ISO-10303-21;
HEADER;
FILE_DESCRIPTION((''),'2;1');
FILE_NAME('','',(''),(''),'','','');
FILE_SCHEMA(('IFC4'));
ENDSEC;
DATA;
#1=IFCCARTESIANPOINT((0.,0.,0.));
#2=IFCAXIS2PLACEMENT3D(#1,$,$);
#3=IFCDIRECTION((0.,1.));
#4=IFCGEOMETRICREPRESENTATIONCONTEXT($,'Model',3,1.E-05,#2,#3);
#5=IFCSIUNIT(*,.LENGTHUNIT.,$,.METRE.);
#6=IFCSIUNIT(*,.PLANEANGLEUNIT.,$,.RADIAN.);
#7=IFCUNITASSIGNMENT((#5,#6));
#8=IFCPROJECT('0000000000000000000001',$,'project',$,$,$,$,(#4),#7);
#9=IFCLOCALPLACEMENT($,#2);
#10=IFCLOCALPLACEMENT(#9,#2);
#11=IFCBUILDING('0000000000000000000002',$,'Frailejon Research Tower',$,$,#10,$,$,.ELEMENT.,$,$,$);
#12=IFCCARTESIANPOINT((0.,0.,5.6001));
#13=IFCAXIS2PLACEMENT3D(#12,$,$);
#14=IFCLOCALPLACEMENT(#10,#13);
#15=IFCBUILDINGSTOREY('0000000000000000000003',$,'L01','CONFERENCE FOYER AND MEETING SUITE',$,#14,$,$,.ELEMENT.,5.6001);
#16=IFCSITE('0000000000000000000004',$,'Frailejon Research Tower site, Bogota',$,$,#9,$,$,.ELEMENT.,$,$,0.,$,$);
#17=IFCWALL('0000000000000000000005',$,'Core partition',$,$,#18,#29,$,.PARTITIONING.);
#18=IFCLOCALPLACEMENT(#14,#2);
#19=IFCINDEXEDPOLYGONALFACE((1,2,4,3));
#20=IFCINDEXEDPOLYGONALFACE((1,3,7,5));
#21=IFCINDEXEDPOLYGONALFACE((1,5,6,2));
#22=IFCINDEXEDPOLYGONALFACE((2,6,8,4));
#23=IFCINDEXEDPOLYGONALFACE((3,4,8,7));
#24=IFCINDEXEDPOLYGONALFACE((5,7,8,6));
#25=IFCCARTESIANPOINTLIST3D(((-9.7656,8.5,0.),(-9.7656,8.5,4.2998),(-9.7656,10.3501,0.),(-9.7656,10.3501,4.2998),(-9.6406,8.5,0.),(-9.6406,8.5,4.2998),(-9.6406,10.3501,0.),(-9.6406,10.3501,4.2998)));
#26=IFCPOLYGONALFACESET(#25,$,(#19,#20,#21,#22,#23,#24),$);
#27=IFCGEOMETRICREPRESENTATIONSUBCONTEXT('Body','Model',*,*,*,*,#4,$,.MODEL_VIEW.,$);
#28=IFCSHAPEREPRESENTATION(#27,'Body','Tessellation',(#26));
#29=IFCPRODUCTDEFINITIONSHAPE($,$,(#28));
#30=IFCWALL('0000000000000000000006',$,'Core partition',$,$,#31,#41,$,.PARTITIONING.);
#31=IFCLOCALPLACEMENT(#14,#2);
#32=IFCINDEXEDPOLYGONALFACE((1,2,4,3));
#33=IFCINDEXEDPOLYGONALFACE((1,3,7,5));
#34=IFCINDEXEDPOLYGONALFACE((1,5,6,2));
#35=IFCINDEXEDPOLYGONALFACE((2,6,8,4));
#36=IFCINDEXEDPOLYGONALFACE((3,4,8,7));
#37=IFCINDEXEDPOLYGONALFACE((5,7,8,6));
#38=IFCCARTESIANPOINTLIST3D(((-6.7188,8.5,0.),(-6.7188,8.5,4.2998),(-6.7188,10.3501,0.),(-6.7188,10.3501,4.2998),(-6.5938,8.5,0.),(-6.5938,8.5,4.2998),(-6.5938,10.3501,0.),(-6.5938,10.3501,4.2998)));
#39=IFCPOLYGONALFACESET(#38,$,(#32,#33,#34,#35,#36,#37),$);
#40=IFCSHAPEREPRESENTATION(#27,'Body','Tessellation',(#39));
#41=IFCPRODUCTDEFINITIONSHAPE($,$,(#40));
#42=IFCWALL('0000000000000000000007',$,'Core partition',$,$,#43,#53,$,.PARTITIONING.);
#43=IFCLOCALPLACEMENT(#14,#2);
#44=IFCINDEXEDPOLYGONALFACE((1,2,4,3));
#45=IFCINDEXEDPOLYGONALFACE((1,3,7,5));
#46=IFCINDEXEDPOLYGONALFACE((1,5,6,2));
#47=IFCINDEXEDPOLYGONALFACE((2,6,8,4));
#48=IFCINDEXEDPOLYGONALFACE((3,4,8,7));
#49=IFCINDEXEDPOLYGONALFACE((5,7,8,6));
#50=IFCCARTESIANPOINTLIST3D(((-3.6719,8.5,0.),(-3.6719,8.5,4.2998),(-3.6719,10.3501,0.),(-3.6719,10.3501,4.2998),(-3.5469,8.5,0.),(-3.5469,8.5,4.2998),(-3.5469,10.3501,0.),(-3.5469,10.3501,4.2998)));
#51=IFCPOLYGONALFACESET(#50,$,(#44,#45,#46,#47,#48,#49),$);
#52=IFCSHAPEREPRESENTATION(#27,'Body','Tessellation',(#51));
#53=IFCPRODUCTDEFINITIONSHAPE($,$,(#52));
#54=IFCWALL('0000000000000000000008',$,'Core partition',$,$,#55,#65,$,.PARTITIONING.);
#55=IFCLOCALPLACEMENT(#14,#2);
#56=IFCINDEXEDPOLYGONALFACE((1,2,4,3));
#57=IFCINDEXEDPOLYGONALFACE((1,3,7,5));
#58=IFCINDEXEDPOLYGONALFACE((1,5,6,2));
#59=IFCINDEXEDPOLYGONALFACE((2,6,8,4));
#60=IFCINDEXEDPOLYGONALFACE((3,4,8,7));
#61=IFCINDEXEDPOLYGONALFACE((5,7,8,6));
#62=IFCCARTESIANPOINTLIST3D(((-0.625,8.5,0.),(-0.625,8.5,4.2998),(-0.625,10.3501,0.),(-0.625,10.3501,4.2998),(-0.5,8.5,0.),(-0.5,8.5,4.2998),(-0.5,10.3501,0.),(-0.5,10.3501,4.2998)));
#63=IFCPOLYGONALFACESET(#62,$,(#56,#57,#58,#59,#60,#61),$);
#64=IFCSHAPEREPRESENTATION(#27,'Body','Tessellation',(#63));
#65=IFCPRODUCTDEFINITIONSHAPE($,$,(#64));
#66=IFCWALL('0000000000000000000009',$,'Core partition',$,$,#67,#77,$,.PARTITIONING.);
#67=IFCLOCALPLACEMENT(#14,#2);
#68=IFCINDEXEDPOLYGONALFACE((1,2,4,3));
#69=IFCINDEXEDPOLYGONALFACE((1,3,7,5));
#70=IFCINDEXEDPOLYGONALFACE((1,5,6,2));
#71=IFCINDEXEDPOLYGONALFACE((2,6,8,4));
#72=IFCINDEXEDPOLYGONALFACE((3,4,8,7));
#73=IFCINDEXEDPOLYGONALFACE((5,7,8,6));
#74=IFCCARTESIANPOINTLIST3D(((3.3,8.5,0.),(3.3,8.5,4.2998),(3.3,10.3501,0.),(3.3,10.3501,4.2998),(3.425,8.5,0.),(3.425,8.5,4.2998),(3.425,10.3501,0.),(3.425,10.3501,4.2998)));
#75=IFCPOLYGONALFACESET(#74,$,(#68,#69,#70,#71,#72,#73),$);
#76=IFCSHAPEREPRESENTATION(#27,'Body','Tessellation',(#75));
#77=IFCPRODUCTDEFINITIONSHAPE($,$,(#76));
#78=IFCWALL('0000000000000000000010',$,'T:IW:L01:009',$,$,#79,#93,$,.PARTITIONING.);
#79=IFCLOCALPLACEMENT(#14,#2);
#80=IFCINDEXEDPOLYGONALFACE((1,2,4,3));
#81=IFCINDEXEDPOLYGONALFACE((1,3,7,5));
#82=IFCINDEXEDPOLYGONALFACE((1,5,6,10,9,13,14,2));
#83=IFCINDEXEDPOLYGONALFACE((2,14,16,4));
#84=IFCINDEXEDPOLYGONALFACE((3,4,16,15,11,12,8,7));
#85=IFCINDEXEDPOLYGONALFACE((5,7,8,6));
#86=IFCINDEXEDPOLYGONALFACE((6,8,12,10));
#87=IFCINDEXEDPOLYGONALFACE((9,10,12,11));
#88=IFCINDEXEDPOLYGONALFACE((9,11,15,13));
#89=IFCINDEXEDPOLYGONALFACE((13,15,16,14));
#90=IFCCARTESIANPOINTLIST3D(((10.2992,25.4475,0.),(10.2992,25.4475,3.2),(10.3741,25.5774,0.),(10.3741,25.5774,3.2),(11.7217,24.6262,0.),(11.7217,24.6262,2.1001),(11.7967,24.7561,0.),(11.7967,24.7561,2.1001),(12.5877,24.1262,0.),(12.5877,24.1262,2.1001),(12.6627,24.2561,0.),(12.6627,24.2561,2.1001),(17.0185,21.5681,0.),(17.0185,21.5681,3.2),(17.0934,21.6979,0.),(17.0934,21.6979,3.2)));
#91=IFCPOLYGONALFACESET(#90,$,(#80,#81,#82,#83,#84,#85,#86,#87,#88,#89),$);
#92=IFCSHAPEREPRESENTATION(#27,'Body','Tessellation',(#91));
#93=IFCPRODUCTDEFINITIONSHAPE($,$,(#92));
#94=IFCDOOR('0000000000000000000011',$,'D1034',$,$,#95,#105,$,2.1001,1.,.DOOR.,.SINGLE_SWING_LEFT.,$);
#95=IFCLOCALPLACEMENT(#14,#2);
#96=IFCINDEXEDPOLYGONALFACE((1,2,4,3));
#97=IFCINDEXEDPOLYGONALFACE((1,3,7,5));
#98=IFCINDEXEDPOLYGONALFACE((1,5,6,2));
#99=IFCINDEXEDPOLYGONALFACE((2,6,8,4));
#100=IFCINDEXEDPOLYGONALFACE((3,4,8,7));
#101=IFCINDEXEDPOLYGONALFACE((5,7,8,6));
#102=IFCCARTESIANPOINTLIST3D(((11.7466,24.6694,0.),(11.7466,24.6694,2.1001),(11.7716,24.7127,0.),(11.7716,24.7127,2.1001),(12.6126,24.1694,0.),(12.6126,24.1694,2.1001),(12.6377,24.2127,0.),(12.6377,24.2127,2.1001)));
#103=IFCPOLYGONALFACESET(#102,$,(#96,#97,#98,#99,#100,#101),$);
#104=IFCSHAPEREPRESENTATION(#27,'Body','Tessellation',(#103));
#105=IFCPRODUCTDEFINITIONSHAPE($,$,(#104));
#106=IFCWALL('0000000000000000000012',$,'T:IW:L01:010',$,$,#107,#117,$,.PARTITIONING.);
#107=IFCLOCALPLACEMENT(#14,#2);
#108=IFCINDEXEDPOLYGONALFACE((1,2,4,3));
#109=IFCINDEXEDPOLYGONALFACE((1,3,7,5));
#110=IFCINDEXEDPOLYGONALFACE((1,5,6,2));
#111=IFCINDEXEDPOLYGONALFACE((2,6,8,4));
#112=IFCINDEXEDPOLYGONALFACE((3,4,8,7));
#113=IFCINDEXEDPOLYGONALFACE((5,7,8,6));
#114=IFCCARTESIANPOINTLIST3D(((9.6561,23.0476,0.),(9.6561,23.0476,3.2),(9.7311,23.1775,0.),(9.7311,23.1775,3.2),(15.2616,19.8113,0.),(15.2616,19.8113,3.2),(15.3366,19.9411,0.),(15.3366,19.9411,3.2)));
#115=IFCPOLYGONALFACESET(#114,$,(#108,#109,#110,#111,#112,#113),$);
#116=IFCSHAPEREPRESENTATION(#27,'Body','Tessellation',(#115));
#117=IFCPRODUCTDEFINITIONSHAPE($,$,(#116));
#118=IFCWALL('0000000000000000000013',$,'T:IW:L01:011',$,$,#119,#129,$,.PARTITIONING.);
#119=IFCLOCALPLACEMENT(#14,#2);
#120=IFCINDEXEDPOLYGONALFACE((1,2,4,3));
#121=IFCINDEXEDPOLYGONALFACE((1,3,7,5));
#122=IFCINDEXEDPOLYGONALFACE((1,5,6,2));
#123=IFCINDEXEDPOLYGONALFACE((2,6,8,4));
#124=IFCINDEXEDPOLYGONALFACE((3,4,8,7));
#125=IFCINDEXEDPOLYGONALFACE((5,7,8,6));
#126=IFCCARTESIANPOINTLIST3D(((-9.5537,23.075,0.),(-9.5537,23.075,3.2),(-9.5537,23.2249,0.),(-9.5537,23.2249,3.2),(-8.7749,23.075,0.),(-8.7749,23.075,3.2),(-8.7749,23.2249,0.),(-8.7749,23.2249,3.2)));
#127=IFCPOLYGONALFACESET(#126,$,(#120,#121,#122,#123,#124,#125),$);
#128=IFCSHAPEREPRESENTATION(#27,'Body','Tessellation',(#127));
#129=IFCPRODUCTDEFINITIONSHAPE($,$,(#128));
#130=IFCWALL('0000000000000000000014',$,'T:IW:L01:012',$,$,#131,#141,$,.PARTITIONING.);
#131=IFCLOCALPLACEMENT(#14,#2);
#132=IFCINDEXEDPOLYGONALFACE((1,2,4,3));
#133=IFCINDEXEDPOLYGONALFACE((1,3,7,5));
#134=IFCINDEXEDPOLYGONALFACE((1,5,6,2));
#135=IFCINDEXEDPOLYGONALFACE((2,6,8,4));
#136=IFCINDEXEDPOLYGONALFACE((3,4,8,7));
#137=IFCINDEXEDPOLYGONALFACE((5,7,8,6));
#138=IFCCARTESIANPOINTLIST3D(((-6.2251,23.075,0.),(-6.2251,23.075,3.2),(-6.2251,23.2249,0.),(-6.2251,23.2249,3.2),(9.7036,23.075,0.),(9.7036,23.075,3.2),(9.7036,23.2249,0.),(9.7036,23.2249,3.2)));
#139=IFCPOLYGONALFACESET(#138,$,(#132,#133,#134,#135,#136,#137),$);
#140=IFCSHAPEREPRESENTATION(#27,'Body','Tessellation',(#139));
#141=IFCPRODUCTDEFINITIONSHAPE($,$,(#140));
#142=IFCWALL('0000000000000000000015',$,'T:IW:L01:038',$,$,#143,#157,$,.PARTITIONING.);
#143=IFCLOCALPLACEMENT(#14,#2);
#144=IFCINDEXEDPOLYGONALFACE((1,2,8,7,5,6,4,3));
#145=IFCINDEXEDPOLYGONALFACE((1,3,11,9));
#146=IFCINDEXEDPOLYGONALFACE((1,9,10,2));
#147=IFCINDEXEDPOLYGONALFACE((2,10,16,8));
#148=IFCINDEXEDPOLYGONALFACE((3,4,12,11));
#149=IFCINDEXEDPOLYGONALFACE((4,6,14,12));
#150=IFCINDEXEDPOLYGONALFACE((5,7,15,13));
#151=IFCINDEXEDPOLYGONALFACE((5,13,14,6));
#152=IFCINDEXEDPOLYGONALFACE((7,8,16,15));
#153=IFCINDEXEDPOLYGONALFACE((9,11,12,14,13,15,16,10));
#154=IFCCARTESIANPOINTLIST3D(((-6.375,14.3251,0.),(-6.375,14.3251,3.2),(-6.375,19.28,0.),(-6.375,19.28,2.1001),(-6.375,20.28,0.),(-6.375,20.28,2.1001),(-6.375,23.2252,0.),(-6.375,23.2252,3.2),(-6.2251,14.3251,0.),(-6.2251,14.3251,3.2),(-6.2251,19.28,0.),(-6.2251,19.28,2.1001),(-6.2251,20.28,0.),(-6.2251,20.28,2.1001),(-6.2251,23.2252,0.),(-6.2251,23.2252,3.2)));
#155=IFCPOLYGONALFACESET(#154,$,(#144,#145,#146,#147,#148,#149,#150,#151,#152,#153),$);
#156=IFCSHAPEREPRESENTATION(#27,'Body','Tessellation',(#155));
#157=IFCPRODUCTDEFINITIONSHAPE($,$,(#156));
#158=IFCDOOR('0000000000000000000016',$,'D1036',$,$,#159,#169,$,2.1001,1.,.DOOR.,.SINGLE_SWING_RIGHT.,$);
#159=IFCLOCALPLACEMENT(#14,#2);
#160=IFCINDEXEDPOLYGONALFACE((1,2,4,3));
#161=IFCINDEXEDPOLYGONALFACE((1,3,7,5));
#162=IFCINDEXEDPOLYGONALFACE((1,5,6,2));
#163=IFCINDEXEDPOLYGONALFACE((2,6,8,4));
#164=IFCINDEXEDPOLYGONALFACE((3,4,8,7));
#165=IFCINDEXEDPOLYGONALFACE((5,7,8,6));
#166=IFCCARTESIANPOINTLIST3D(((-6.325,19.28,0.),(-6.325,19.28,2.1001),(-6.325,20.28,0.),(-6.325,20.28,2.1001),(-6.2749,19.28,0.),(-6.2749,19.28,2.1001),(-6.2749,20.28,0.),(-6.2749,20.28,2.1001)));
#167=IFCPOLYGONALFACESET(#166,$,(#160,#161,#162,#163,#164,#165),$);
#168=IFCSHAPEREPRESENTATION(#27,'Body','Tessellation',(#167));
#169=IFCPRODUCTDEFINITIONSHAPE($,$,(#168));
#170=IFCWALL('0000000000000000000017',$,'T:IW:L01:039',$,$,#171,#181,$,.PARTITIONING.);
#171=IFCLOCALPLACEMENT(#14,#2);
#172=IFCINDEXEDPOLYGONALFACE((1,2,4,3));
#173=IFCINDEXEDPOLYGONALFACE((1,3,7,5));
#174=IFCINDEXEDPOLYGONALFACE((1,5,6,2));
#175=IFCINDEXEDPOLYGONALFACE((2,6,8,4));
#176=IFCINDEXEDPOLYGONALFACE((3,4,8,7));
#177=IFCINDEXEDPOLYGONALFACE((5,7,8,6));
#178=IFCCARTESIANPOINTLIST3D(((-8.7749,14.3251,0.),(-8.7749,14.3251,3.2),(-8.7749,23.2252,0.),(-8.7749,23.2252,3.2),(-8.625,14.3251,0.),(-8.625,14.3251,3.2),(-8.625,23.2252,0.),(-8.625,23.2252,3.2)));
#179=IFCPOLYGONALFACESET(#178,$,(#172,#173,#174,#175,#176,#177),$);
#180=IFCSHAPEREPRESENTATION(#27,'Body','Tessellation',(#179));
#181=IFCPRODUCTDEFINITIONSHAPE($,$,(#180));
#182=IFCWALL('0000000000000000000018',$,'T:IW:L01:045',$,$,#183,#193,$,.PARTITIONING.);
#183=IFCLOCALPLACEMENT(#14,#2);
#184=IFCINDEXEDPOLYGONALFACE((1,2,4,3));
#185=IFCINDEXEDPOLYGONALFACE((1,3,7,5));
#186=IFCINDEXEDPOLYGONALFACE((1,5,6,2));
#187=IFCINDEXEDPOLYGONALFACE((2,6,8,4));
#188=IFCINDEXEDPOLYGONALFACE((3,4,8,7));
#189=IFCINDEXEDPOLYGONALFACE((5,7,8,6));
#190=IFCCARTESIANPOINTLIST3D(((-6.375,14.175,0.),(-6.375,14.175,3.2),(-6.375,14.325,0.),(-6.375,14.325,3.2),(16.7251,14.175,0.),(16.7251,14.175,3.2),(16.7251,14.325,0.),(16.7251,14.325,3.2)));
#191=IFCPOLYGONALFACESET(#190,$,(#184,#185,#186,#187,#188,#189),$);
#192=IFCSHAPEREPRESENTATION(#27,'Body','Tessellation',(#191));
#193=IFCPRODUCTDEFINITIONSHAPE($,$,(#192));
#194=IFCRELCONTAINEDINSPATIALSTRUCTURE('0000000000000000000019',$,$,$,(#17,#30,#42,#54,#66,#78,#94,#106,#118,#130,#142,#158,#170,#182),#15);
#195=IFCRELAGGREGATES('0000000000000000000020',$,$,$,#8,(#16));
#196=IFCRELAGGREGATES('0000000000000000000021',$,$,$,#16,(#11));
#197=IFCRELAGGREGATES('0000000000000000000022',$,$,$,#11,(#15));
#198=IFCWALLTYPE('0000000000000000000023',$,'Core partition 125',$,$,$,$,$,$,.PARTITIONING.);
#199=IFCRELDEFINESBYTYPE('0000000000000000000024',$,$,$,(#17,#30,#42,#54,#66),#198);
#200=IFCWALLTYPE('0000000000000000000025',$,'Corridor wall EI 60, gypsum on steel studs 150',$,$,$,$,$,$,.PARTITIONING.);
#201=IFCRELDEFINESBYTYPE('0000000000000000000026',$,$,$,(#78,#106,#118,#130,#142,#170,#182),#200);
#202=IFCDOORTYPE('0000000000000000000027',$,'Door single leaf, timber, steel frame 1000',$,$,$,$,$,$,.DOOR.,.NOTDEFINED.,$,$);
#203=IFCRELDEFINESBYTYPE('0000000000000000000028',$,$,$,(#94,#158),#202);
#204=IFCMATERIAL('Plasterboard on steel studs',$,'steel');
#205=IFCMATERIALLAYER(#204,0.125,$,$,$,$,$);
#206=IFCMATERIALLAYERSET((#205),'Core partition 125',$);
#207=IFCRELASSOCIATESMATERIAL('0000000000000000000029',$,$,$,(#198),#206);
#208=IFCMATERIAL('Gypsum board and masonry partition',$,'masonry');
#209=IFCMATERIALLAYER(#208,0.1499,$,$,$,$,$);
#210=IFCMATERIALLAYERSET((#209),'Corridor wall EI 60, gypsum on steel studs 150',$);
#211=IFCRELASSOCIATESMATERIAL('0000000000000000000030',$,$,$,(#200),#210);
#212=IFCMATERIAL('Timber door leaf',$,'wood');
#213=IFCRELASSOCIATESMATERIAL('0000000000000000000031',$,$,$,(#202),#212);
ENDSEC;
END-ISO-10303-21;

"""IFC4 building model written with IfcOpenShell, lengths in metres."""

from ifc_helpers import new_model, si_unit, direction, frame, frame_2d, origin, place, context, subcontext, project, spatial, rectangle, extrude, material, layer, layer_set, type_object, element, fill, save


model = new_model("IFC4")

# Units and contexts
model_context = context("Model", 3, precision=1e-05, world=origin(), true_north=direction((0.0, 1.0)))
body_context = subcontext(model_context, "Body", "Model", "MODEL_VIEW")
ifc_project = project(units=[si_unit("LENGTHUNIT", "METRE"), si_unit("PLANEANGLEUNIT", "RADIAN")], contexts=[model_context])

# Site, building, storey
site_placement = place(None, origin())
site = spatial("IfcSite", under=ifc_project, at=site_placement, Name="Frailejon Research Tower site, Bogota", CompositionType="ELEMENT", RefElevation=0.0)
building_placement = place(site_placement, origin())
building = spatial("IfcBuilding", under=site, at=building_placement, Name="Frailejon Research Tower", CompositionType="ELEMENT")
storey_placement = place(building_placement, frame((0.0, 0.0, 5.6001)))
storey = spatial("IfcBuildingStorey", under=building, at=storey_placement, Name="L01", Description="CONFERENCE FOYER AND MEETING SUITE", CompositionType="ELEMENT", Elevation=5.6001)

# Walls
ifc_material_1 = material(Name="Plasterboard on steel studs", Category="steel")
ifc_layer_1 = layer(ifc_material_1, 0.125)
ifc_layer_set_1 = layer_set([ifc_layer_1], Name="Core partition 125")
wall_type_1 = type_object("IfcWallType", Name="Core partition 125", PredefinedType="PARTITIONING", material=ifc_layer_set_1)
for number, where, z_axis, x_axis, name in (
    (1, (-9.7031, 8.5, 0.0), (0.0, 0.0, 1.0), (0.0, 1.0, 0.0), "Core partition"),
    (2, (-6.6562, 8.5, 0.0), (0.0, 0.0, 1.0), (0.0, 1.0, 0.0), "Core partition"),
    (3, (-3.6094, 8.5, 0.0), (0.0, 0.0, 1.0), (0.0, 1.0, 0.0), "Core partition"),
    (4, (-0.5625, 8.5, 0.0), (0.0, 0.0, 1.0), (0.0, 1.0, 0.0), "Core partition"),
    (5, (3.3625, 8.5, 0.0), (0.0, 0.0, 1.0), (0.0, 1.0, 0.0), "Core partition"),
):
    element("IfcWall", number, at=place(storey_placement, frame(where, z_axis=z_axis, x_axis=x_axis)), inside=storey, type_object=wall_type_1, Name=name, PredefinedType="PARTITIONING", context=body_context, shape_type="SweptSolid", body=[
        extrude(rectangle(XDim=1.8501, YDim=0.125, at=frame_2d((0.925, 0.0))), origin(), (0.0, 0.0, 1.0), 4.2998),
    ])

# Wall, opening, door
ifc_material_2 = material(Name="Gypsum board and masonry partition", Category="masonry")
ifc_layer_2 = layer(ifc_material_2, 0.1499)
ifc_layer_set_2 = layer_set([ifc_layer_2], Name="Corridor wall EI 60, gypsum on steel studs 150")
wall_type_2 = type_object("IfcWallType", Name="Corridor wall EI 60, gypsum on steel studs 150", PredefinedType="PARTITIONING", material=ifc_layer_set_2)
wall_1_placement = place(storey_placement, frame((10.3367, 25.5125, 0.0), z_axis=(0.0, 0.0, 1.0), x_axis=(0.866023, -0.500004, 0.0)))
wall_1 = element("IfcWall", 6, at=wall_1_placement, inside=storey, type_object=wall_type_2, Name="T:IW:L01:009", PredefinedType="PARTITIONING", context=body_context, shape_type="SweptSolid", body=[
    extrude(rectangle(XDim=7.7588, YDim=0.1499, at=frame_2d((3.8794, 0.0))), origin(), (0.0, 0.0, 1.0), 3.2),
])
opening_1_placement = place(wall_1_placement, frame((1.6426, 0.0, 0.0)))
opening_1 = element("IfcOpeningElement", 7, at=opening_1_placement, cuts=wall_1, PredefinedType="OPENING", context=body_context, shape_type="SweptSolid", body=[
    extrude(rectangle(XDim=1.0, YDim=2.1001, at=frame_2d((0.5, 1.05))), frame((0.0, 0.085, 0.0), z_axis=(0.0, -1.0, 0.0), x_axis=(1.0, 0.0, 0.0)), (0.0, 0.0, 1.0), 0.1699),
])
ifc_material_3 = material(Name="Timber door leaf", Category="wood")
door_type_1 = type_object("IfcDoorType", Name="Door single leaf, timber, steel frame 1000", OperationType="NOTDEFINED", PredefinedType="DOOR", material=ifc_material_3)
door_1_placement = place(opening_1_placement, origin())
door_1 = element("IfcDoor", 8, at=door_1_placement, inside=storey, type_object=door_type_1, Name="D1034", OperationType="SINGLE_SWING_LEFT", OverallHeight=2.1001, OverallWidth=1.0, PredefinedType="DOOR", context=body_context, shape_type="SweptSolid", body=[
    extrude(rectangle(XDim=1.0, YDim=2.1001, at=frame_2d((0.5, 1.05))), frame((0.0, 0.0249, 0.0), z_axis=(0.0, -1.0, 0.0), x_axis=(1.0, 0.0, 0.0)), (0.0, 0.0, 1.0), 0.05),
])
fill(opening_1, door_1)

# Walls
wall_2_placement = place(storey_placement, frame((9.6936, 23.1125, 0.0), z_axis=(0.0, 0.0, 1.0), x_axis=(0.866025, -0.500001, 0.0)))
element("IfcWall", 9, at=wall_2_placement, inside=storey, type_object=wall_type_2, Name="T:IW:L01:010", PredefinedType="PARTITIONING", context=body_context, shape_type="SweptSolid", body=[
    extrude(rectangle(XDim=6.4727, YDim=0.1499, at=frame_2d((3.2363, 0.0))), origin(), (0.0, 0.0, 1.0), 3.2),
])
wall_3_placement = place(storey_placement, frame((-9.5537, 23.1499, 0.0), z_axis=(0.0, 0.0, 1.0), x_axis=(1.0, 0.0, 0.0)))
element("IfcWall", 10, at=wall_3_placement, inside=storey, type_object=wall_type_2, Name="T:IW:L01:011", PredefinedType="PARTITIONING", context=body_context, shape_type="SweptSolid", body=[
    extrude(rectangle(XDim=0.7788, YDim=0.1499, at=frame_2d((0.3894, 0.0))), origin(), (0.0, 0.0, 1.0), 3.2),
])
wall_4_placement = place(storey_placement, frame((-6.2251, 23.1499, 0.0), z_axis=(0.0, 0.0, 1.0), x_axis=(1.0, 0.0, 0.0)))
element("IfcWall", 11, at=wall_4_placement, inside=storey, type_object=wall_type_2, Name="T:IW:L01:012", PredefinedType="PARTITIONING", context=body_context, shape_type="SweptSolid", body=[
    extrude(rectangle(XDim=15.9287, YDim=0.1499, at=frame_2d((7.9644, 0.0))), origin(), (0.0, 0.0, 1.0), 3.2),
])

# Wall, opening, door
wall_5_placement = place(storey_placement, frame((-6.3, 14.325, 0.0), z_axis=(0.0, 0.0, 1.0), x_axis=(0.0, 1.0, 0.0)))
wall_5 = element("IfcWall", 12, at=wall_5_placement, inside=storey, type_object=wall_type_2, Name="T:IW:L01:038", PredefinedType="PARTITIONING", context=body_context, shape_type="SweptSolid", body=[
    extrude(rectangle(XDim=8.9001, YDim=0.1499, at=frame_2d((4.4502, 0.0))), origin(), (0.0, 0.0, 1.0), 3.2),
])
opening_2_placement = place(wall_5_placement, frame((4.9551, 0.0, 0.0)))
opening_2 = element("IfcOpeningElement", 13, at=opening_2_placement, cuts=wall_5, PredefinedType="OPENING", context=body_context, shape_type="SweptSolid", body=[
    extrude(rectangle(XDim=1.0, YDim=2.1001, at=frame_2d((0.5, 1.05))), frame((0.0, 0.085, 0.0), z_axis=(0.0, -1.0, 0.0), x_axis=(1.0, 0.0, 0.0)), (0.0, 0.0, 1.0), 0.1699),
])
door_2_placement = place(opening_2_placement, origin())
door_2 = element("IfcDoor", 14, at=door_2_placement, inside=storey, type_object=door_type_1, Name="D1036", OperationType="SINGLE_SWING_RIGHT", OverallHeight=2.1001, OverallWidth=1.0, PredefinedType="DOOR", context=body_context, shape_type="SweptSolid", body=[
    extrude(rectangle(XDim=1.0, YDim=2.1001, at=frame_2d((0.5, 1.05))), frame((0.0, 0.0249, 0.0), z_axis=(0.0, -1.0, 0.0), x_axis=(1.0, 0.0, 0.0)), (0.0, 0.0, 1.0), 0.05),
])
fill(opening_2, door_2)

# Walls
wall_6_placement = place(storey_placement, frame((-8.7, 14.325, 0.0), z_axis=(0.0, 0.0, 1.0), x_axis=(0.0, 1.0, 0.0)))
element("IfcWall", 15, at=wall_6_placement, inside=storey, type_object=wall_type_2, Name="T:IW:L01:039", PredefinedType="PARTITIONING", context=body_context, shape_type="SweptSolid", body=[
    extrude(rectangle(XDim=8.9001, YDim=0.1499, at=frame_2d((4.4502, 0.0))), origin(), (0.0, 0.0, 1.0), 3.2),
])
wall_7_placement = place(storey_placement, frame((-6.375, 14.25, 0.0), z_axis=(0.0, 0.0, 1.0), x_axis=(1.0, 0.0, 0.0)))
element("IfcWall", 16, at=wall_7_placement, inside=storey, type_object=wall_type_2, Name="T:IW:L01:045", PredefinedType="PARTITIONING", context=body_context, shape_type="SweptSolid", body=[
    extrude(rectangle(XDim=23.1001, YDim=0.1499, at=frame_2d((11.55, 0.0))), origin(), (0.0, 0.0, 1.0), 3.2),
])

save(model, "model.ifc")
